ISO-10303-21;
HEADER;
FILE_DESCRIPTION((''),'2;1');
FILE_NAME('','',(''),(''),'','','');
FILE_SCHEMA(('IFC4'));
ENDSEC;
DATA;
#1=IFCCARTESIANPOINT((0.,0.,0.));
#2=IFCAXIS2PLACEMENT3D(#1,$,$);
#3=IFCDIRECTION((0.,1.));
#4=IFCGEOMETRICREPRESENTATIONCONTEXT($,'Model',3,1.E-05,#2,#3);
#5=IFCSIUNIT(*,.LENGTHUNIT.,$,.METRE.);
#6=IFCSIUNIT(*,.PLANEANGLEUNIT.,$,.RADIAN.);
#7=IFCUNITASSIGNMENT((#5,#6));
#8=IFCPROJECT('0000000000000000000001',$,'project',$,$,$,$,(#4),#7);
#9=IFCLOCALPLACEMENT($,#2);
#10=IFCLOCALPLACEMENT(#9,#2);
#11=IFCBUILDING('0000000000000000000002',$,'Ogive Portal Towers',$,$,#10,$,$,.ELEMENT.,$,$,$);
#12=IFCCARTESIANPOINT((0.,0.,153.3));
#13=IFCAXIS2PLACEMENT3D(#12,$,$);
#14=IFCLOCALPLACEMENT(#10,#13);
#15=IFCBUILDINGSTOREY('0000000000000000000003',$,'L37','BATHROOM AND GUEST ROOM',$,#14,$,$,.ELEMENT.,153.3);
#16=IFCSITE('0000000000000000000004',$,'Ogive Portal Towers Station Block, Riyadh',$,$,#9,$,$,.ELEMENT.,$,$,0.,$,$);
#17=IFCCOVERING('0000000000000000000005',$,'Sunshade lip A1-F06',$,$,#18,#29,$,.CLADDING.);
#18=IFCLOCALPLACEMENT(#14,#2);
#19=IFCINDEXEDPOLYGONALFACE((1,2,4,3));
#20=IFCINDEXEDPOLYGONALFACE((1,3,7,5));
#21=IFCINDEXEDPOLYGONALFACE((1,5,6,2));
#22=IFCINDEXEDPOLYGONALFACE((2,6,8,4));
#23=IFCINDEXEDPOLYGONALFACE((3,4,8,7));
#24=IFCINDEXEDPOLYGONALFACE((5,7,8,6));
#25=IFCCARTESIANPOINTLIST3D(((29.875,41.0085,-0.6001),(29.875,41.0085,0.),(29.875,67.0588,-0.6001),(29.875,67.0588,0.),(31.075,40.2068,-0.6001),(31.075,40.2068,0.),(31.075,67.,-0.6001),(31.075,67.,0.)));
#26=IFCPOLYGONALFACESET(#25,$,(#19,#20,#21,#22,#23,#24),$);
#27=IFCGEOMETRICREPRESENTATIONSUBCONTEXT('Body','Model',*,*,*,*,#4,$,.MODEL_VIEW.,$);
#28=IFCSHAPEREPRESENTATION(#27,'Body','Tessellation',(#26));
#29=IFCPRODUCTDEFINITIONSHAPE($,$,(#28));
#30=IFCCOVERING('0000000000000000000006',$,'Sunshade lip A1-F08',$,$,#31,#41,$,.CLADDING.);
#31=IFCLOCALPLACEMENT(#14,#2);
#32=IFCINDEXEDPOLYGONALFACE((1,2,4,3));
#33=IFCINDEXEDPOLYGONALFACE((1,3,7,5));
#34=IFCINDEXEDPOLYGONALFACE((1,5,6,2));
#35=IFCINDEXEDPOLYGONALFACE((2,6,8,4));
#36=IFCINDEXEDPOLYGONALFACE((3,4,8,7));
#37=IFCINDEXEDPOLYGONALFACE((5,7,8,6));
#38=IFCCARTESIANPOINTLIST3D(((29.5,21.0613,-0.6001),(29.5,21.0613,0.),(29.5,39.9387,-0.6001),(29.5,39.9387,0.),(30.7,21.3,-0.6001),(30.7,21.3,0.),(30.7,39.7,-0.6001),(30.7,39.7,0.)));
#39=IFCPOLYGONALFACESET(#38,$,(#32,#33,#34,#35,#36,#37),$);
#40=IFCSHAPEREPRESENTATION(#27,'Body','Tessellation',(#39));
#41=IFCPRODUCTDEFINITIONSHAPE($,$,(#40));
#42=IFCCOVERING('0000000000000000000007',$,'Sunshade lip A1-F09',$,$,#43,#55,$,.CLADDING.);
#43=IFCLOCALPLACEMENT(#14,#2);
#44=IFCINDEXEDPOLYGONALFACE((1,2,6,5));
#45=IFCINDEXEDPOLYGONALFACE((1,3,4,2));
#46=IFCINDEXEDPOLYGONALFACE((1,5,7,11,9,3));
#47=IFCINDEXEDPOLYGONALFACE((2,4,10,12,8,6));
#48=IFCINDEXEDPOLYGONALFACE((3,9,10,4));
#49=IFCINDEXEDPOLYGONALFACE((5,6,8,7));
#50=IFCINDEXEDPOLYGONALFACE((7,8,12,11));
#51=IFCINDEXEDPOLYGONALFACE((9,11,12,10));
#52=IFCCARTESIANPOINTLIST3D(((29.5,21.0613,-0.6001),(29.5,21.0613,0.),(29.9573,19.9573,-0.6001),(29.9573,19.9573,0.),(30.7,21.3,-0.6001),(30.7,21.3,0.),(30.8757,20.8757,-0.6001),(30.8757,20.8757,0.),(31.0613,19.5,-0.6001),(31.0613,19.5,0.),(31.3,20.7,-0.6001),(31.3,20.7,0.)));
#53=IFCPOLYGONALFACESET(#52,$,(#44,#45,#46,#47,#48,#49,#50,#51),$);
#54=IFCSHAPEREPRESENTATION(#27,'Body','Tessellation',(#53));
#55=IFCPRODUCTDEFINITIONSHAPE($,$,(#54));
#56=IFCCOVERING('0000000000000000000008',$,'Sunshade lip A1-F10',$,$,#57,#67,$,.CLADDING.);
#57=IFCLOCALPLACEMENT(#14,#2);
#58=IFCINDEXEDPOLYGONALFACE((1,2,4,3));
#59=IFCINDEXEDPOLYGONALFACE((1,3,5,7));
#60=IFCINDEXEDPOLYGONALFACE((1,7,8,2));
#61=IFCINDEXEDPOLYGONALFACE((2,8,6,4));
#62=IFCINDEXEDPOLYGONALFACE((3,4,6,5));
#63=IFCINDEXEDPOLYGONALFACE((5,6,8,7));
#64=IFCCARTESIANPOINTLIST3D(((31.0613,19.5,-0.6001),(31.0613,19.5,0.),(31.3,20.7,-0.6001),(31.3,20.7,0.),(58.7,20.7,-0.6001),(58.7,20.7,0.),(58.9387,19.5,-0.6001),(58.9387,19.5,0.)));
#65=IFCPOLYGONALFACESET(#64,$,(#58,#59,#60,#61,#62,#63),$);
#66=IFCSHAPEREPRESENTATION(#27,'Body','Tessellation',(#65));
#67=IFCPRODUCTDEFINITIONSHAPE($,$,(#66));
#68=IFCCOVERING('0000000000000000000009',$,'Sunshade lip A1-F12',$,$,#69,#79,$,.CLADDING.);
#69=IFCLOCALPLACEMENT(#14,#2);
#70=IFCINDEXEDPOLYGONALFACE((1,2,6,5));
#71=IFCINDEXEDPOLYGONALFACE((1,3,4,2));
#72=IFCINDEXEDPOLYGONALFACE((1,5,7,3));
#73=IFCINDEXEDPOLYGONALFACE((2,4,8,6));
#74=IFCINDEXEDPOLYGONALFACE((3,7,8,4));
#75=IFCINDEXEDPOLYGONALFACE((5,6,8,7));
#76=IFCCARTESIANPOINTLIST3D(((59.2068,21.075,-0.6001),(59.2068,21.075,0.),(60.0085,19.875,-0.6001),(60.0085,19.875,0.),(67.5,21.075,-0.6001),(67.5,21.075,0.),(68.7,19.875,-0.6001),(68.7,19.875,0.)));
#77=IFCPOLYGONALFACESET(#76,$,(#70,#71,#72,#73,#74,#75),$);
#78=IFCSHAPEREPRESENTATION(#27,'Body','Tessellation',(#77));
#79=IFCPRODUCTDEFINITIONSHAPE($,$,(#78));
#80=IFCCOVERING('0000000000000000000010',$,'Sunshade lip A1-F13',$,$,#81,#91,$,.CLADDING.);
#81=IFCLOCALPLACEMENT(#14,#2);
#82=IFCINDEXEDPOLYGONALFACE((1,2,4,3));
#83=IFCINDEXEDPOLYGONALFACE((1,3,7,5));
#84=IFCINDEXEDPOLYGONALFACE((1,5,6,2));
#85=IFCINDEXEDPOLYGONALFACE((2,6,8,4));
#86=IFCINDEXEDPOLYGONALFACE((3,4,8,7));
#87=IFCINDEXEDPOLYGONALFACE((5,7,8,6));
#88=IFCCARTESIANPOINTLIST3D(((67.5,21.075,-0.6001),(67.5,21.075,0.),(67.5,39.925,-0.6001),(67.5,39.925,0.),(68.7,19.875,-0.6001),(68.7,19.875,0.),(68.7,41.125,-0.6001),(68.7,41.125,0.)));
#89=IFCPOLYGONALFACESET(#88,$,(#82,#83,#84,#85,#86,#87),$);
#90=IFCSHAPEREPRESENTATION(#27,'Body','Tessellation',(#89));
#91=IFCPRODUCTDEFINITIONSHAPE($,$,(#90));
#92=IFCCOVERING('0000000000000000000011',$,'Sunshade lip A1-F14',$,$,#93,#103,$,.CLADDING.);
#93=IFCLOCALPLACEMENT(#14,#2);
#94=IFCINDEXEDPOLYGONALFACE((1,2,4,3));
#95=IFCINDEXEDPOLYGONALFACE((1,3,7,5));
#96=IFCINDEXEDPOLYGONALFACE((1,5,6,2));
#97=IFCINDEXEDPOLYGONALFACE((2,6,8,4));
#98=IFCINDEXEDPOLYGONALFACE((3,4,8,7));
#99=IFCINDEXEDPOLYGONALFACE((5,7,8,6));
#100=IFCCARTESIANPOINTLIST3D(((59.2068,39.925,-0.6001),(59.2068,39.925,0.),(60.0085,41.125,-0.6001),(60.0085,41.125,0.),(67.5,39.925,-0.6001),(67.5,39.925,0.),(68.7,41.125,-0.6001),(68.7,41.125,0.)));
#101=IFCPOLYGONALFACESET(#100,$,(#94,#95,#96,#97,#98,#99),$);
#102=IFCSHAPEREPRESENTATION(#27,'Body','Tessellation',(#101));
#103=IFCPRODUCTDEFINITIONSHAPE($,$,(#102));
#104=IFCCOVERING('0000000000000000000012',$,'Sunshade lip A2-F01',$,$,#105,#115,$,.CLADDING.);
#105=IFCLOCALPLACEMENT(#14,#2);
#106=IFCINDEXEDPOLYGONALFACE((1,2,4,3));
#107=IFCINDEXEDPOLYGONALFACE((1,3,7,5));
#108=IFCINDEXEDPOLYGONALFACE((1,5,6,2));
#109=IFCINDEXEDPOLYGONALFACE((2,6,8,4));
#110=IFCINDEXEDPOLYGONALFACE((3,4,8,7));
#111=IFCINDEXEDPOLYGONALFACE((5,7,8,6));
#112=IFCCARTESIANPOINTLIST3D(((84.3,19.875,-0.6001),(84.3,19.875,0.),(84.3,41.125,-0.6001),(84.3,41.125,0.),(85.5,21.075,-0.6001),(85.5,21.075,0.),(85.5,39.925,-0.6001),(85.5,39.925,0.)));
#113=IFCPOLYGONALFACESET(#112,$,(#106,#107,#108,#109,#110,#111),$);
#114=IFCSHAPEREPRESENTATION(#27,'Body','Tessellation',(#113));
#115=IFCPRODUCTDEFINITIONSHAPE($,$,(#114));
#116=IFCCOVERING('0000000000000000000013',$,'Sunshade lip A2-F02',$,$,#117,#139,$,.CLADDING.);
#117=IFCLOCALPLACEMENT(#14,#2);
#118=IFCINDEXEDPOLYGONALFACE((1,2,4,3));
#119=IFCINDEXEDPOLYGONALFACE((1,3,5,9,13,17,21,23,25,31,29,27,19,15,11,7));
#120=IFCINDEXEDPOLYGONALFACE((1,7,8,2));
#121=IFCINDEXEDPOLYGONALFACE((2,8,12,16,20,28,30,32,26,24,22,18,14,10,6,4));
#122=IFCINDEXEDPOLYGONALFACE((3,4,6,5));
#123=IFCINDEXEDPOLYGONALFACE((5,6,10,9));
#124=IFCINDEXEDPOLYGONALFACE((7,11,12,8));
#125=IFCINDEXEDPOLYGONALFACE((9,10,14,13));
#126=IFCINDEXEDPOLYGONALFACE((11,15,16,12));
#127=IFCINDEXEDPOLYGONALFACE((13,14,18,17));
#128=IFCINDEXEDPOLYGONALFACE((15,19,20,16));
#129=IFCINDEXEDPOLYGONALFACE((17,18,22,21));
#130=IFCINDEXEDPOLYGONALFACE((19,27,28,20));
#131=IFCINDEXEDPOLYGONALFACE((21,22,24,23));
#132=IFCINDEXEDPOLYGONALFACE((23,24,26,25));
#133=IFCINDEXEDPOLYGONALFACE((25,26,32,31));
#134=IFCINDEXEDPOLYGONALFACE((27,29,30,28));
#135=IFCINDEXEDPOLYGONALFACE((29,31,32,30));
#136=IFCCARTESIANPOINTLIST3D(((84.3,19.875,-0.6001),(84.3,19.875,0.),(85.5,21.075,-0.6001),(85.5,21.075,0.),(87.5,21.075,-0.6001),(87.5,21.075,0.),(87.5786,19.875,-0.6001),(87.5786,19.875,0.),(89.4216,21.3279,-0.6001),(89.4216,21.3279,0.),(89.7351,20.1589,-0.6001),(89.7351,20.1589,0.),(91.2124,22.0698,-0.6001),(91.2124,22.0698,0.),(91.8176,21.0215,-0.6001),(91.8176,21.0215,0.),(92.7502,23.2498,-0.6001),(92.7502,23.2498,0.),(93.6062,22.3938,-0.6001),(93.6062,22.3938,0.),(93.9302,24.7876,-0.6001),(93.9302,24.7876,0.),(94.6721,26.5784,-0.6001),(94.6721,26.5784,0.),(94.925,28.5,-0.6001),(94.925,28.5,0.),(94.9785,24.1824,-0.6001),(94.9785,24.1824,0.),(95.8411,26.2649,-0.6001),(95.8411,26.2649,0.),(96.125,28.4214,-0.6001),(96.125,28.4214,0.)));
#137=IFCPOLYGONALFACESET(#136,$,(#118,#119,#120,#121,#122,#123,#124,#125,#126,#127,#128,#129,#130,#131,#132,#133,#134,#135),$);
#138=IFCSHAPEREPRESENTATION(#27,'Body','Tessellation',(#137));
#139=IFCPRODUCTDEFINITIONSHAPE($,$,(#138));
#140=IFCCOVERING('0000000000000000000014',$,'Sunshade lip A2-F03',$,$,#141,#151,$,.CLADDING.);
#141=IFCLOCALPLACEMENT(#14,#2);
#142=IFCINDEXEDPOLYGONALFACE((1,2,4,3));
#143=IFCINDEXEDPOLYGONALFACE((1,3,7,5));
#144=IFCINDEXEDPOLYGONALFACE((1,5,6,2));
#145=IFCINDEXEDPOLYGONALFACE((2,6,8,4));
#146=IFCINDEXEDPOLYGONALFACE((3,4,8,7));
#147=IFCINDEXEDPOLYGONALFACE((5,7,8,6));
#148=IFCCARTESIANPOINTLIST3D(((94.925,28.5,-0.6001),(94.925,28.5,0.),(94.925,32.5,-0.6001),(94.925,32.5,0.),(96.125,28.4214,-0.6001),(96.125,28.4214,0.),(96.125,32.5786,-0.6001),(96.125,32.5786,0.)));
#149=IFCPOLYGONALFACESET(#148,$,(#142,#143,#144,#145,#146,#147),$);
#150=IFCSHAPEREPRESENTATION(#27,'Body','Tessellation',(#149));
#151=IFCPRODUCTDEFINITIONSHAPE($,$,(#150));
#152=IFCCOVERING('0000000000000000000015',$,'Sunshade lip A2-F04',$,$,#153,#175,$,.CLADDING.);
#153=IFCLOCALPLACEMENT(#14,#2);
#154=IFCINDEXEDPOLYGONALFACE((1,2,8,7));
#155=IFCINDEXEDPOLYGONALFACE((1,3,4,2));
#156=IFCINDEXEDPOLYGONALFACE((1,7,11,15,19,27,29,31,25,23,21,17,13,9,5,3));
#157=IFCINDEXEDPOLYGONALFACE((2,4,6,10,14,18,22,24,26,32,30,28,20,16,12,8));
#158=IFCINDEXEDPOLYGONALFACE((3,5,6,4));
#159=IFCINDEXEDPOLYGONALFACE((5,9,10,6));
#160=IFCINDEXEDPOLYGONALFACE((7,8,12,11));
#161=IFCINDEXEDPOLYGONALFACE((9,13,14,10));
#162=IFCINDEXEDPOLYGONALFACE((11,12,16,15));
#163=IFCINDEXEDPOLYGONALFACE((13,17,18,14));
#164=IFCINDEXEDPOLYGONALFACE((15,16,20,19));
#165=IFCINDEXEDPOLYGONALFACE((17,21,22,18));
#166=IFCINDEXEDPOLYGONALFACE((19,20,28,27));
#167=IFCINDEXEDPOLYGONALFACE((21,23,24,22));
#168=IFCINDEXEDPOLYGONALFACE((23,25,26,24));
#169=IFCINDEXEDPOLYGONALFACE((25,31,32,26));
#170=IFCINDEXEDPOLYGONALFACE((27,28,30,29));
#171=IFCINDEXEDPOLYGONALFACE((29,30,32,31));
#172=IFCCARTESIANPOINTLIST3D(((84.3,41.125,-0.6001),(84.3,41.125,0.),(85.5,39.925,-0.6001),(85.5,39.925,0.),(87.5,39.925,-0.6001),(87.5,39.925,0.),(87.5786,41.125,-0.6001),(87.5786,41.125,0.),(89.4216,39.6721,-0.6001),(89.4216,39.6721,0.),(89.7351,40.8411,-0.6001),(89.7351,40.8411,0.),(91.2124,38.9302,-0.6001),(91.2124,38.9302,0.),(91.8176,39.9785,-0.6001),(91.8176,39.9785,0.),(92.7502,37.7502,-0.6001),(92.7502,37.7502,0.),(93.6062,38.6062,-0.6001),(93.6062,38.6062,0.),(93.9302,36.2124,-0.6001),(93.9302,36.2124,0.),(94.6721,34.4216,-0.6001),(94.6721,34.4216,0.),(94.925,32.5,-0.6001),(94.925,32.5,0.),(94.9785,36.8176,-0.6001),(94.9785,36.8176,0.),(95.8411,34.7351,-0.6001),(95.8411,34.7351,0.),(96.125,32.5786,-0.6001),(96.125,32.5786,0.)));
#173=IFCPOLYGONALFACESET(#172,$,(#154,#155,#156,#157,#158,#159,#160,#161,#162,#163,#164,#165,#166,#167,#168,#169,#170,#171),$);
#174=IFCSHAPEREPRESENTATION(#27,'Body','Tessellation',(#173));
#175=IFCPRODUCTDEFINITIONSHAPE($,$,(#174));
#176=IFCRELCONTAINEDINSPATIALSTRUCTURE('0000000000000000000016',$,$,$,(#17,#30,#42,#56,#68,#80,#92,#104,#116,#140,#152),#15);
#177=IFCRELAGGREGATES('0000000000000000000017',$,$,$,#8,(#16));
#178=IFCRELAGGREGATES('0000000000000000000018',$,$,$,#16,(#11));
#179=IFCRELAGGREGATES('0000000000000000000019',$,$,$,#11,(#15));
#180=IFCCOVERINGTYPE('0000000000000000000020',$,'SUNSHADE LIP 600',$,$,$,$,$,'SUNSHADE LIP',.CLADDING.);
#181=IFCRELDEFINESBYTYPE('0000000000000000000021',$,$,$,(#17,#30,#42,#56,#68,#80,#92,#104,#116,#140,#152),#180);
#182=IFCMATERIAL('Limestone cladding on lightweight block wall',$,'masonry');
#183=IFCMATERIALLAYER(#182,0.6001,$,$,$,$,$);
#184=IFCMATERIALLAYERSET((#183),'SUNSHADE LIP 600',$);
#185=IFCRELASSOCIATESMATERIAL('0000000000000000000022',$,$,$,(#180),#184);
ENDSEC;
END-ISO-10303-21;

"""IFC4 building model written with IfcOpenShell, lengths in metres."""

from ifc_helpers import new_model, si_unit, direction, frame, origin, place, context, subcontext, project, spatial, polyline, outline, extrude, material, layer, layer_set, type_object, element, save


model = new_model("IFC4")

# Units and contexts
model_context = context("Model", 3, precision=1e-05, world=origin(), true_north=direction((0.0, 1.0)))
body_context = subcontext(model_context, "Body", "Model", "MODEL_VIEW")
ifc_project = project(units=[si_unit("LENGTHUNIT", "METRE"), si_unit("PLANEANGLEUNIT", "RADIAN")], contexts=[model_context])

# Site, building, storey
site_placement = place(None, origin())
site = spatial("IfcSite", under=ifc_project, at=site_placement, Name="Ogive Portal Towers Station Block, Riyadh", CompositionType="ELEMENT", RefElevation=0.0)
building_placement = place(site_placement, origin())
building = spatial("IfcBuilding", under=site, at=building_placement, Name="Ogive Portal Towers", CompositionType="ELEMENT")
storey_placement = place(building_placement, frame((0.0, 0.0, 153.3)))
storey = spatial("IfcBuildingStorey", under=building, at=storey_placement, Name="L37", Description="BATHROOM AND GUEST ROOM", CompositionType="ELEMENT", Elevation=153.3)

# Shared definitions
ifc_material_1 = material(Name="Limestone cladding on lightweight block wall", Category="masonry")

# Coverings
ifc_layer_1 = layer(ifc_material_1, 0.6001)
ifc_layer_set_1 = layer_set([ifc_layer_1], Name="SUNSHADE LIP 600")
covering_type_1 = type_object("IfcCoveringType", Name="SUNSHADE LIP 600", ElementType="SUNSHADE LIP", PredefinedType="CLADDING", material=ifc_layer_set_1)
covering_1_placement = place(storey_placement, frame((0.0, 0.0, -0.6001)))
element("IfcCovering", 1, at=covering_1_placement, inside=storey, type_object=covering_type_1, Name="Sunshade lip A1-F06", PredefinedType="CLADDING", context=body_context, shape_type="SweptSolid", body=[
    extrude(outline(polyline([(31.075, 67.0), (31.075, 40.2068), (29.875, 41.0085), (29.875, 67.0588), (31.075, 67.0)])), origin(), (0.0, 0.0, 1.0), 0.6001),
])
covering_2_placement = place(storey_placement, frame((0.0, 0.0, -0.6001)))
element("IfcCovering", 2, at=covering_2_placement, inside=storey, type_object=covering_type_1, Name="Sunshade lip A1-F08", PredefinedType="CLADDING", context=body_context, shape_type="SweptSolid", body=[
    extrude(outline(polyline([(30.7, 39.7), (30.7, 21.3), (29.5, 21.0613), (29.5, 39.9387), (30.7, 39.7)])), origin(), (0.0, 0.0, 1.0), 0.6001),
])
covering_3_placement = place(storey_placement, frame((0.0, 0.0, -0.6001)))
element("IfcCovering", 3, at=covering_3_placement, inside=storey, type_object=covering_type_1, Name="Sunshade lip A1-F09", PredefinedType="CLADDING", context=body_context, shape_type="SweptSolid", body=[
    extrude(outline(polyline([(30.7, 21.3), (30.8757, 20.8757), (31.3, 20.7), (31.0613, 19.5), (29.9573, 19.9573), (29.5, 21.0613), (30.7, 21.3)])), origin(), (0.0, 0.0, 1.0), 0.6001),
])
covering_4_placement = place(storey_placement, frame((0.0, 0.0, -0.6001)))
element("IfcCovering", 4, at=covering_4_placement, inside=storey, type_object=covering_type_1, Name="Sunshade lip A1-F10", PredefinedType="CLADDING", context=body_context, shape_type="SweptSolid", body=[
    extrude(outline(polyline([(31.3, 20.7), (58.7, 20.7), (58.9387, 19.5), (31.0613, 19.5), (31.3, 20.7)])), origin(), (0.0, 0.0, 1.0), 0.6001),
])
covering_5_placement = place(storey_placement, frame((0.0, 0.0, -0.6001)))
element("IfcCovering", 5, at=covering_5_placement, inside=storey, type_object=covering_type_1, Name="Sunshade lip A1-F12", PredefinedType="CLADDING", context=body_context, shape_type="SweptSolid", body=[
    extrude(outline(polyline([(59.2068, 21.075), (67.5, 21.075), (68.7, 19.875), (60.0085, 19.875), (59.2068, 21.075)])), origin(), (0.0, 0.0, 1.0), 0.6001),
])
covering_6_placement = place(storey_placement, frame((0.0, 0.0, -0.6001)))
element("IfcCovering", 6, at=covering_6_placement, inside=storey, type_object=covering_type_1, Name="Sunshade lip A1-F13", PredefinedType="CLADDING", context=body_context, shape_type="SweptSolid", body=[
    extrude(outline(polyline([(67.5, 21.075), (67.5, 39.925), (68.7, 41.125), (68.7, 19.875), (67.5, 21.075)])), origin(), (0.0, 0.0, 1.0), 0.6001),
])
covering_7_placement = place(storey_placement, frame((0.0, 0.0, -0.6001)))
element("IfcCovering", 7, at=covering_7_placement, inside=storey, type_object=covering_type_1, Name="Sunshade lip A1-F14", PredefinedType="CLADDING", context=body_context, shape_type="SweptSolid", body=[
    extrude(outline(polyline([(67.5, 39.925), (59.2068, 39.925), (60.0085, 41.125), (68.7, 41.125), (67.5, 39.925)])), origin(), (0.0, 0.0, 1.0), 0.6001),
])
covering_8_placement = place(storey_placement, frame((0.0, 0.0, -0.6001)))
element("IfcCovering", 8, at=covering_8_placement, inside=storey, type_object=covering_type_1, Name="Sunshade lip A2-F01", PredefinedType="CLADDING", context=body_context, shape_type="SweptSolid", body=[
    extrude(outline(polyline([(85.5, 39.925), (85.5, 21.075), (84.3, 19.875), (84.3, 41.125), (85.5, 39.925)])), origin(), (0.0, 0.0, 1.0), 0.6001),
])
covering_9_placement = place(storey_placement, frame((0.0, 0.0, -0.6001)))
element("IfcCovering", 9, at=covering_9_placement, inside=storey, type_object=covering_type_1, Name="Sunshade lip A2-F02", PredefinedType="CLADDING", context=body_context, shape_type="SweptSolid", body=[
    extrude(outline(polyline([(85.5, 21.075), (87.5, 21.075), (89.4216, 21.3279), (91.2124, 22.0698), (92.7502, 23.2498), (93.9302, 24.7876), (94.6721, 26.5784), (94.925, 28.5), (96.125, 28.4214), (95.8411, 26.2649), (94.9785, 24.1824), (93.6062, 22.3938), (91.8176, 21.0215), (89.7351, 20.1589), (87.5786, 19.875), (84.3, 19.875), (85.5, 21.075)])), origin(), (0.0, 0.0, 1.0), 0.6001),
])
covering_10_placement = place(storey_placement, frame((0.0, 0.0, -0.6001)))
element("IfcCovering", 10, at=covering_10_placement, inside=storey, type_object=covering_type_1, Name="Sunshade lip A2-F03", PredefinedType="CLADDING", context=body_context, shape_type="SweptSolid", body=[
    extrude(outline(polyline([(94.925, 28.5), (94.925, 32.5), (96.125, 32.5786), (96.125, 28.4214), (94.925, 28.5)])), origin(), (0.0, 0.0, 1.0), 0.6001),
])
covering_11_placement = place(storey_placement, frame((0.0, 0.0, -0.6001)))
element("IfcCovering", 11, at=covering_11_placement, inside=storey, type_object=covering_type_1, Name="Sunshade lip A2-F04", PredefinedType="CLADDING", context=body_context, shape_type="SweptSolid", body=[
    extrude(outline(polyline([(94.925, 32.5), (94.6721, 34.4216), (93.9302, 36.2124), (92.7502, 37.7502), (91.2124, 38.9302), (89.4216, 39.6721), (87.5, 39.925), (85.5, 39.925), (84.3, 41.125), (87.5786, 41.125), (89.7351, 40.8411), (91.8176, 39.9785), (93.6062, 38.6062), (94.9785, 36.8176), (95.8411, 34.7351), (96.125, 32.5786), (94.925, 32.5)])), origin(), (0.0, 0.0, 1.0), 0.6001),
])

save(model, "model.ifc")
